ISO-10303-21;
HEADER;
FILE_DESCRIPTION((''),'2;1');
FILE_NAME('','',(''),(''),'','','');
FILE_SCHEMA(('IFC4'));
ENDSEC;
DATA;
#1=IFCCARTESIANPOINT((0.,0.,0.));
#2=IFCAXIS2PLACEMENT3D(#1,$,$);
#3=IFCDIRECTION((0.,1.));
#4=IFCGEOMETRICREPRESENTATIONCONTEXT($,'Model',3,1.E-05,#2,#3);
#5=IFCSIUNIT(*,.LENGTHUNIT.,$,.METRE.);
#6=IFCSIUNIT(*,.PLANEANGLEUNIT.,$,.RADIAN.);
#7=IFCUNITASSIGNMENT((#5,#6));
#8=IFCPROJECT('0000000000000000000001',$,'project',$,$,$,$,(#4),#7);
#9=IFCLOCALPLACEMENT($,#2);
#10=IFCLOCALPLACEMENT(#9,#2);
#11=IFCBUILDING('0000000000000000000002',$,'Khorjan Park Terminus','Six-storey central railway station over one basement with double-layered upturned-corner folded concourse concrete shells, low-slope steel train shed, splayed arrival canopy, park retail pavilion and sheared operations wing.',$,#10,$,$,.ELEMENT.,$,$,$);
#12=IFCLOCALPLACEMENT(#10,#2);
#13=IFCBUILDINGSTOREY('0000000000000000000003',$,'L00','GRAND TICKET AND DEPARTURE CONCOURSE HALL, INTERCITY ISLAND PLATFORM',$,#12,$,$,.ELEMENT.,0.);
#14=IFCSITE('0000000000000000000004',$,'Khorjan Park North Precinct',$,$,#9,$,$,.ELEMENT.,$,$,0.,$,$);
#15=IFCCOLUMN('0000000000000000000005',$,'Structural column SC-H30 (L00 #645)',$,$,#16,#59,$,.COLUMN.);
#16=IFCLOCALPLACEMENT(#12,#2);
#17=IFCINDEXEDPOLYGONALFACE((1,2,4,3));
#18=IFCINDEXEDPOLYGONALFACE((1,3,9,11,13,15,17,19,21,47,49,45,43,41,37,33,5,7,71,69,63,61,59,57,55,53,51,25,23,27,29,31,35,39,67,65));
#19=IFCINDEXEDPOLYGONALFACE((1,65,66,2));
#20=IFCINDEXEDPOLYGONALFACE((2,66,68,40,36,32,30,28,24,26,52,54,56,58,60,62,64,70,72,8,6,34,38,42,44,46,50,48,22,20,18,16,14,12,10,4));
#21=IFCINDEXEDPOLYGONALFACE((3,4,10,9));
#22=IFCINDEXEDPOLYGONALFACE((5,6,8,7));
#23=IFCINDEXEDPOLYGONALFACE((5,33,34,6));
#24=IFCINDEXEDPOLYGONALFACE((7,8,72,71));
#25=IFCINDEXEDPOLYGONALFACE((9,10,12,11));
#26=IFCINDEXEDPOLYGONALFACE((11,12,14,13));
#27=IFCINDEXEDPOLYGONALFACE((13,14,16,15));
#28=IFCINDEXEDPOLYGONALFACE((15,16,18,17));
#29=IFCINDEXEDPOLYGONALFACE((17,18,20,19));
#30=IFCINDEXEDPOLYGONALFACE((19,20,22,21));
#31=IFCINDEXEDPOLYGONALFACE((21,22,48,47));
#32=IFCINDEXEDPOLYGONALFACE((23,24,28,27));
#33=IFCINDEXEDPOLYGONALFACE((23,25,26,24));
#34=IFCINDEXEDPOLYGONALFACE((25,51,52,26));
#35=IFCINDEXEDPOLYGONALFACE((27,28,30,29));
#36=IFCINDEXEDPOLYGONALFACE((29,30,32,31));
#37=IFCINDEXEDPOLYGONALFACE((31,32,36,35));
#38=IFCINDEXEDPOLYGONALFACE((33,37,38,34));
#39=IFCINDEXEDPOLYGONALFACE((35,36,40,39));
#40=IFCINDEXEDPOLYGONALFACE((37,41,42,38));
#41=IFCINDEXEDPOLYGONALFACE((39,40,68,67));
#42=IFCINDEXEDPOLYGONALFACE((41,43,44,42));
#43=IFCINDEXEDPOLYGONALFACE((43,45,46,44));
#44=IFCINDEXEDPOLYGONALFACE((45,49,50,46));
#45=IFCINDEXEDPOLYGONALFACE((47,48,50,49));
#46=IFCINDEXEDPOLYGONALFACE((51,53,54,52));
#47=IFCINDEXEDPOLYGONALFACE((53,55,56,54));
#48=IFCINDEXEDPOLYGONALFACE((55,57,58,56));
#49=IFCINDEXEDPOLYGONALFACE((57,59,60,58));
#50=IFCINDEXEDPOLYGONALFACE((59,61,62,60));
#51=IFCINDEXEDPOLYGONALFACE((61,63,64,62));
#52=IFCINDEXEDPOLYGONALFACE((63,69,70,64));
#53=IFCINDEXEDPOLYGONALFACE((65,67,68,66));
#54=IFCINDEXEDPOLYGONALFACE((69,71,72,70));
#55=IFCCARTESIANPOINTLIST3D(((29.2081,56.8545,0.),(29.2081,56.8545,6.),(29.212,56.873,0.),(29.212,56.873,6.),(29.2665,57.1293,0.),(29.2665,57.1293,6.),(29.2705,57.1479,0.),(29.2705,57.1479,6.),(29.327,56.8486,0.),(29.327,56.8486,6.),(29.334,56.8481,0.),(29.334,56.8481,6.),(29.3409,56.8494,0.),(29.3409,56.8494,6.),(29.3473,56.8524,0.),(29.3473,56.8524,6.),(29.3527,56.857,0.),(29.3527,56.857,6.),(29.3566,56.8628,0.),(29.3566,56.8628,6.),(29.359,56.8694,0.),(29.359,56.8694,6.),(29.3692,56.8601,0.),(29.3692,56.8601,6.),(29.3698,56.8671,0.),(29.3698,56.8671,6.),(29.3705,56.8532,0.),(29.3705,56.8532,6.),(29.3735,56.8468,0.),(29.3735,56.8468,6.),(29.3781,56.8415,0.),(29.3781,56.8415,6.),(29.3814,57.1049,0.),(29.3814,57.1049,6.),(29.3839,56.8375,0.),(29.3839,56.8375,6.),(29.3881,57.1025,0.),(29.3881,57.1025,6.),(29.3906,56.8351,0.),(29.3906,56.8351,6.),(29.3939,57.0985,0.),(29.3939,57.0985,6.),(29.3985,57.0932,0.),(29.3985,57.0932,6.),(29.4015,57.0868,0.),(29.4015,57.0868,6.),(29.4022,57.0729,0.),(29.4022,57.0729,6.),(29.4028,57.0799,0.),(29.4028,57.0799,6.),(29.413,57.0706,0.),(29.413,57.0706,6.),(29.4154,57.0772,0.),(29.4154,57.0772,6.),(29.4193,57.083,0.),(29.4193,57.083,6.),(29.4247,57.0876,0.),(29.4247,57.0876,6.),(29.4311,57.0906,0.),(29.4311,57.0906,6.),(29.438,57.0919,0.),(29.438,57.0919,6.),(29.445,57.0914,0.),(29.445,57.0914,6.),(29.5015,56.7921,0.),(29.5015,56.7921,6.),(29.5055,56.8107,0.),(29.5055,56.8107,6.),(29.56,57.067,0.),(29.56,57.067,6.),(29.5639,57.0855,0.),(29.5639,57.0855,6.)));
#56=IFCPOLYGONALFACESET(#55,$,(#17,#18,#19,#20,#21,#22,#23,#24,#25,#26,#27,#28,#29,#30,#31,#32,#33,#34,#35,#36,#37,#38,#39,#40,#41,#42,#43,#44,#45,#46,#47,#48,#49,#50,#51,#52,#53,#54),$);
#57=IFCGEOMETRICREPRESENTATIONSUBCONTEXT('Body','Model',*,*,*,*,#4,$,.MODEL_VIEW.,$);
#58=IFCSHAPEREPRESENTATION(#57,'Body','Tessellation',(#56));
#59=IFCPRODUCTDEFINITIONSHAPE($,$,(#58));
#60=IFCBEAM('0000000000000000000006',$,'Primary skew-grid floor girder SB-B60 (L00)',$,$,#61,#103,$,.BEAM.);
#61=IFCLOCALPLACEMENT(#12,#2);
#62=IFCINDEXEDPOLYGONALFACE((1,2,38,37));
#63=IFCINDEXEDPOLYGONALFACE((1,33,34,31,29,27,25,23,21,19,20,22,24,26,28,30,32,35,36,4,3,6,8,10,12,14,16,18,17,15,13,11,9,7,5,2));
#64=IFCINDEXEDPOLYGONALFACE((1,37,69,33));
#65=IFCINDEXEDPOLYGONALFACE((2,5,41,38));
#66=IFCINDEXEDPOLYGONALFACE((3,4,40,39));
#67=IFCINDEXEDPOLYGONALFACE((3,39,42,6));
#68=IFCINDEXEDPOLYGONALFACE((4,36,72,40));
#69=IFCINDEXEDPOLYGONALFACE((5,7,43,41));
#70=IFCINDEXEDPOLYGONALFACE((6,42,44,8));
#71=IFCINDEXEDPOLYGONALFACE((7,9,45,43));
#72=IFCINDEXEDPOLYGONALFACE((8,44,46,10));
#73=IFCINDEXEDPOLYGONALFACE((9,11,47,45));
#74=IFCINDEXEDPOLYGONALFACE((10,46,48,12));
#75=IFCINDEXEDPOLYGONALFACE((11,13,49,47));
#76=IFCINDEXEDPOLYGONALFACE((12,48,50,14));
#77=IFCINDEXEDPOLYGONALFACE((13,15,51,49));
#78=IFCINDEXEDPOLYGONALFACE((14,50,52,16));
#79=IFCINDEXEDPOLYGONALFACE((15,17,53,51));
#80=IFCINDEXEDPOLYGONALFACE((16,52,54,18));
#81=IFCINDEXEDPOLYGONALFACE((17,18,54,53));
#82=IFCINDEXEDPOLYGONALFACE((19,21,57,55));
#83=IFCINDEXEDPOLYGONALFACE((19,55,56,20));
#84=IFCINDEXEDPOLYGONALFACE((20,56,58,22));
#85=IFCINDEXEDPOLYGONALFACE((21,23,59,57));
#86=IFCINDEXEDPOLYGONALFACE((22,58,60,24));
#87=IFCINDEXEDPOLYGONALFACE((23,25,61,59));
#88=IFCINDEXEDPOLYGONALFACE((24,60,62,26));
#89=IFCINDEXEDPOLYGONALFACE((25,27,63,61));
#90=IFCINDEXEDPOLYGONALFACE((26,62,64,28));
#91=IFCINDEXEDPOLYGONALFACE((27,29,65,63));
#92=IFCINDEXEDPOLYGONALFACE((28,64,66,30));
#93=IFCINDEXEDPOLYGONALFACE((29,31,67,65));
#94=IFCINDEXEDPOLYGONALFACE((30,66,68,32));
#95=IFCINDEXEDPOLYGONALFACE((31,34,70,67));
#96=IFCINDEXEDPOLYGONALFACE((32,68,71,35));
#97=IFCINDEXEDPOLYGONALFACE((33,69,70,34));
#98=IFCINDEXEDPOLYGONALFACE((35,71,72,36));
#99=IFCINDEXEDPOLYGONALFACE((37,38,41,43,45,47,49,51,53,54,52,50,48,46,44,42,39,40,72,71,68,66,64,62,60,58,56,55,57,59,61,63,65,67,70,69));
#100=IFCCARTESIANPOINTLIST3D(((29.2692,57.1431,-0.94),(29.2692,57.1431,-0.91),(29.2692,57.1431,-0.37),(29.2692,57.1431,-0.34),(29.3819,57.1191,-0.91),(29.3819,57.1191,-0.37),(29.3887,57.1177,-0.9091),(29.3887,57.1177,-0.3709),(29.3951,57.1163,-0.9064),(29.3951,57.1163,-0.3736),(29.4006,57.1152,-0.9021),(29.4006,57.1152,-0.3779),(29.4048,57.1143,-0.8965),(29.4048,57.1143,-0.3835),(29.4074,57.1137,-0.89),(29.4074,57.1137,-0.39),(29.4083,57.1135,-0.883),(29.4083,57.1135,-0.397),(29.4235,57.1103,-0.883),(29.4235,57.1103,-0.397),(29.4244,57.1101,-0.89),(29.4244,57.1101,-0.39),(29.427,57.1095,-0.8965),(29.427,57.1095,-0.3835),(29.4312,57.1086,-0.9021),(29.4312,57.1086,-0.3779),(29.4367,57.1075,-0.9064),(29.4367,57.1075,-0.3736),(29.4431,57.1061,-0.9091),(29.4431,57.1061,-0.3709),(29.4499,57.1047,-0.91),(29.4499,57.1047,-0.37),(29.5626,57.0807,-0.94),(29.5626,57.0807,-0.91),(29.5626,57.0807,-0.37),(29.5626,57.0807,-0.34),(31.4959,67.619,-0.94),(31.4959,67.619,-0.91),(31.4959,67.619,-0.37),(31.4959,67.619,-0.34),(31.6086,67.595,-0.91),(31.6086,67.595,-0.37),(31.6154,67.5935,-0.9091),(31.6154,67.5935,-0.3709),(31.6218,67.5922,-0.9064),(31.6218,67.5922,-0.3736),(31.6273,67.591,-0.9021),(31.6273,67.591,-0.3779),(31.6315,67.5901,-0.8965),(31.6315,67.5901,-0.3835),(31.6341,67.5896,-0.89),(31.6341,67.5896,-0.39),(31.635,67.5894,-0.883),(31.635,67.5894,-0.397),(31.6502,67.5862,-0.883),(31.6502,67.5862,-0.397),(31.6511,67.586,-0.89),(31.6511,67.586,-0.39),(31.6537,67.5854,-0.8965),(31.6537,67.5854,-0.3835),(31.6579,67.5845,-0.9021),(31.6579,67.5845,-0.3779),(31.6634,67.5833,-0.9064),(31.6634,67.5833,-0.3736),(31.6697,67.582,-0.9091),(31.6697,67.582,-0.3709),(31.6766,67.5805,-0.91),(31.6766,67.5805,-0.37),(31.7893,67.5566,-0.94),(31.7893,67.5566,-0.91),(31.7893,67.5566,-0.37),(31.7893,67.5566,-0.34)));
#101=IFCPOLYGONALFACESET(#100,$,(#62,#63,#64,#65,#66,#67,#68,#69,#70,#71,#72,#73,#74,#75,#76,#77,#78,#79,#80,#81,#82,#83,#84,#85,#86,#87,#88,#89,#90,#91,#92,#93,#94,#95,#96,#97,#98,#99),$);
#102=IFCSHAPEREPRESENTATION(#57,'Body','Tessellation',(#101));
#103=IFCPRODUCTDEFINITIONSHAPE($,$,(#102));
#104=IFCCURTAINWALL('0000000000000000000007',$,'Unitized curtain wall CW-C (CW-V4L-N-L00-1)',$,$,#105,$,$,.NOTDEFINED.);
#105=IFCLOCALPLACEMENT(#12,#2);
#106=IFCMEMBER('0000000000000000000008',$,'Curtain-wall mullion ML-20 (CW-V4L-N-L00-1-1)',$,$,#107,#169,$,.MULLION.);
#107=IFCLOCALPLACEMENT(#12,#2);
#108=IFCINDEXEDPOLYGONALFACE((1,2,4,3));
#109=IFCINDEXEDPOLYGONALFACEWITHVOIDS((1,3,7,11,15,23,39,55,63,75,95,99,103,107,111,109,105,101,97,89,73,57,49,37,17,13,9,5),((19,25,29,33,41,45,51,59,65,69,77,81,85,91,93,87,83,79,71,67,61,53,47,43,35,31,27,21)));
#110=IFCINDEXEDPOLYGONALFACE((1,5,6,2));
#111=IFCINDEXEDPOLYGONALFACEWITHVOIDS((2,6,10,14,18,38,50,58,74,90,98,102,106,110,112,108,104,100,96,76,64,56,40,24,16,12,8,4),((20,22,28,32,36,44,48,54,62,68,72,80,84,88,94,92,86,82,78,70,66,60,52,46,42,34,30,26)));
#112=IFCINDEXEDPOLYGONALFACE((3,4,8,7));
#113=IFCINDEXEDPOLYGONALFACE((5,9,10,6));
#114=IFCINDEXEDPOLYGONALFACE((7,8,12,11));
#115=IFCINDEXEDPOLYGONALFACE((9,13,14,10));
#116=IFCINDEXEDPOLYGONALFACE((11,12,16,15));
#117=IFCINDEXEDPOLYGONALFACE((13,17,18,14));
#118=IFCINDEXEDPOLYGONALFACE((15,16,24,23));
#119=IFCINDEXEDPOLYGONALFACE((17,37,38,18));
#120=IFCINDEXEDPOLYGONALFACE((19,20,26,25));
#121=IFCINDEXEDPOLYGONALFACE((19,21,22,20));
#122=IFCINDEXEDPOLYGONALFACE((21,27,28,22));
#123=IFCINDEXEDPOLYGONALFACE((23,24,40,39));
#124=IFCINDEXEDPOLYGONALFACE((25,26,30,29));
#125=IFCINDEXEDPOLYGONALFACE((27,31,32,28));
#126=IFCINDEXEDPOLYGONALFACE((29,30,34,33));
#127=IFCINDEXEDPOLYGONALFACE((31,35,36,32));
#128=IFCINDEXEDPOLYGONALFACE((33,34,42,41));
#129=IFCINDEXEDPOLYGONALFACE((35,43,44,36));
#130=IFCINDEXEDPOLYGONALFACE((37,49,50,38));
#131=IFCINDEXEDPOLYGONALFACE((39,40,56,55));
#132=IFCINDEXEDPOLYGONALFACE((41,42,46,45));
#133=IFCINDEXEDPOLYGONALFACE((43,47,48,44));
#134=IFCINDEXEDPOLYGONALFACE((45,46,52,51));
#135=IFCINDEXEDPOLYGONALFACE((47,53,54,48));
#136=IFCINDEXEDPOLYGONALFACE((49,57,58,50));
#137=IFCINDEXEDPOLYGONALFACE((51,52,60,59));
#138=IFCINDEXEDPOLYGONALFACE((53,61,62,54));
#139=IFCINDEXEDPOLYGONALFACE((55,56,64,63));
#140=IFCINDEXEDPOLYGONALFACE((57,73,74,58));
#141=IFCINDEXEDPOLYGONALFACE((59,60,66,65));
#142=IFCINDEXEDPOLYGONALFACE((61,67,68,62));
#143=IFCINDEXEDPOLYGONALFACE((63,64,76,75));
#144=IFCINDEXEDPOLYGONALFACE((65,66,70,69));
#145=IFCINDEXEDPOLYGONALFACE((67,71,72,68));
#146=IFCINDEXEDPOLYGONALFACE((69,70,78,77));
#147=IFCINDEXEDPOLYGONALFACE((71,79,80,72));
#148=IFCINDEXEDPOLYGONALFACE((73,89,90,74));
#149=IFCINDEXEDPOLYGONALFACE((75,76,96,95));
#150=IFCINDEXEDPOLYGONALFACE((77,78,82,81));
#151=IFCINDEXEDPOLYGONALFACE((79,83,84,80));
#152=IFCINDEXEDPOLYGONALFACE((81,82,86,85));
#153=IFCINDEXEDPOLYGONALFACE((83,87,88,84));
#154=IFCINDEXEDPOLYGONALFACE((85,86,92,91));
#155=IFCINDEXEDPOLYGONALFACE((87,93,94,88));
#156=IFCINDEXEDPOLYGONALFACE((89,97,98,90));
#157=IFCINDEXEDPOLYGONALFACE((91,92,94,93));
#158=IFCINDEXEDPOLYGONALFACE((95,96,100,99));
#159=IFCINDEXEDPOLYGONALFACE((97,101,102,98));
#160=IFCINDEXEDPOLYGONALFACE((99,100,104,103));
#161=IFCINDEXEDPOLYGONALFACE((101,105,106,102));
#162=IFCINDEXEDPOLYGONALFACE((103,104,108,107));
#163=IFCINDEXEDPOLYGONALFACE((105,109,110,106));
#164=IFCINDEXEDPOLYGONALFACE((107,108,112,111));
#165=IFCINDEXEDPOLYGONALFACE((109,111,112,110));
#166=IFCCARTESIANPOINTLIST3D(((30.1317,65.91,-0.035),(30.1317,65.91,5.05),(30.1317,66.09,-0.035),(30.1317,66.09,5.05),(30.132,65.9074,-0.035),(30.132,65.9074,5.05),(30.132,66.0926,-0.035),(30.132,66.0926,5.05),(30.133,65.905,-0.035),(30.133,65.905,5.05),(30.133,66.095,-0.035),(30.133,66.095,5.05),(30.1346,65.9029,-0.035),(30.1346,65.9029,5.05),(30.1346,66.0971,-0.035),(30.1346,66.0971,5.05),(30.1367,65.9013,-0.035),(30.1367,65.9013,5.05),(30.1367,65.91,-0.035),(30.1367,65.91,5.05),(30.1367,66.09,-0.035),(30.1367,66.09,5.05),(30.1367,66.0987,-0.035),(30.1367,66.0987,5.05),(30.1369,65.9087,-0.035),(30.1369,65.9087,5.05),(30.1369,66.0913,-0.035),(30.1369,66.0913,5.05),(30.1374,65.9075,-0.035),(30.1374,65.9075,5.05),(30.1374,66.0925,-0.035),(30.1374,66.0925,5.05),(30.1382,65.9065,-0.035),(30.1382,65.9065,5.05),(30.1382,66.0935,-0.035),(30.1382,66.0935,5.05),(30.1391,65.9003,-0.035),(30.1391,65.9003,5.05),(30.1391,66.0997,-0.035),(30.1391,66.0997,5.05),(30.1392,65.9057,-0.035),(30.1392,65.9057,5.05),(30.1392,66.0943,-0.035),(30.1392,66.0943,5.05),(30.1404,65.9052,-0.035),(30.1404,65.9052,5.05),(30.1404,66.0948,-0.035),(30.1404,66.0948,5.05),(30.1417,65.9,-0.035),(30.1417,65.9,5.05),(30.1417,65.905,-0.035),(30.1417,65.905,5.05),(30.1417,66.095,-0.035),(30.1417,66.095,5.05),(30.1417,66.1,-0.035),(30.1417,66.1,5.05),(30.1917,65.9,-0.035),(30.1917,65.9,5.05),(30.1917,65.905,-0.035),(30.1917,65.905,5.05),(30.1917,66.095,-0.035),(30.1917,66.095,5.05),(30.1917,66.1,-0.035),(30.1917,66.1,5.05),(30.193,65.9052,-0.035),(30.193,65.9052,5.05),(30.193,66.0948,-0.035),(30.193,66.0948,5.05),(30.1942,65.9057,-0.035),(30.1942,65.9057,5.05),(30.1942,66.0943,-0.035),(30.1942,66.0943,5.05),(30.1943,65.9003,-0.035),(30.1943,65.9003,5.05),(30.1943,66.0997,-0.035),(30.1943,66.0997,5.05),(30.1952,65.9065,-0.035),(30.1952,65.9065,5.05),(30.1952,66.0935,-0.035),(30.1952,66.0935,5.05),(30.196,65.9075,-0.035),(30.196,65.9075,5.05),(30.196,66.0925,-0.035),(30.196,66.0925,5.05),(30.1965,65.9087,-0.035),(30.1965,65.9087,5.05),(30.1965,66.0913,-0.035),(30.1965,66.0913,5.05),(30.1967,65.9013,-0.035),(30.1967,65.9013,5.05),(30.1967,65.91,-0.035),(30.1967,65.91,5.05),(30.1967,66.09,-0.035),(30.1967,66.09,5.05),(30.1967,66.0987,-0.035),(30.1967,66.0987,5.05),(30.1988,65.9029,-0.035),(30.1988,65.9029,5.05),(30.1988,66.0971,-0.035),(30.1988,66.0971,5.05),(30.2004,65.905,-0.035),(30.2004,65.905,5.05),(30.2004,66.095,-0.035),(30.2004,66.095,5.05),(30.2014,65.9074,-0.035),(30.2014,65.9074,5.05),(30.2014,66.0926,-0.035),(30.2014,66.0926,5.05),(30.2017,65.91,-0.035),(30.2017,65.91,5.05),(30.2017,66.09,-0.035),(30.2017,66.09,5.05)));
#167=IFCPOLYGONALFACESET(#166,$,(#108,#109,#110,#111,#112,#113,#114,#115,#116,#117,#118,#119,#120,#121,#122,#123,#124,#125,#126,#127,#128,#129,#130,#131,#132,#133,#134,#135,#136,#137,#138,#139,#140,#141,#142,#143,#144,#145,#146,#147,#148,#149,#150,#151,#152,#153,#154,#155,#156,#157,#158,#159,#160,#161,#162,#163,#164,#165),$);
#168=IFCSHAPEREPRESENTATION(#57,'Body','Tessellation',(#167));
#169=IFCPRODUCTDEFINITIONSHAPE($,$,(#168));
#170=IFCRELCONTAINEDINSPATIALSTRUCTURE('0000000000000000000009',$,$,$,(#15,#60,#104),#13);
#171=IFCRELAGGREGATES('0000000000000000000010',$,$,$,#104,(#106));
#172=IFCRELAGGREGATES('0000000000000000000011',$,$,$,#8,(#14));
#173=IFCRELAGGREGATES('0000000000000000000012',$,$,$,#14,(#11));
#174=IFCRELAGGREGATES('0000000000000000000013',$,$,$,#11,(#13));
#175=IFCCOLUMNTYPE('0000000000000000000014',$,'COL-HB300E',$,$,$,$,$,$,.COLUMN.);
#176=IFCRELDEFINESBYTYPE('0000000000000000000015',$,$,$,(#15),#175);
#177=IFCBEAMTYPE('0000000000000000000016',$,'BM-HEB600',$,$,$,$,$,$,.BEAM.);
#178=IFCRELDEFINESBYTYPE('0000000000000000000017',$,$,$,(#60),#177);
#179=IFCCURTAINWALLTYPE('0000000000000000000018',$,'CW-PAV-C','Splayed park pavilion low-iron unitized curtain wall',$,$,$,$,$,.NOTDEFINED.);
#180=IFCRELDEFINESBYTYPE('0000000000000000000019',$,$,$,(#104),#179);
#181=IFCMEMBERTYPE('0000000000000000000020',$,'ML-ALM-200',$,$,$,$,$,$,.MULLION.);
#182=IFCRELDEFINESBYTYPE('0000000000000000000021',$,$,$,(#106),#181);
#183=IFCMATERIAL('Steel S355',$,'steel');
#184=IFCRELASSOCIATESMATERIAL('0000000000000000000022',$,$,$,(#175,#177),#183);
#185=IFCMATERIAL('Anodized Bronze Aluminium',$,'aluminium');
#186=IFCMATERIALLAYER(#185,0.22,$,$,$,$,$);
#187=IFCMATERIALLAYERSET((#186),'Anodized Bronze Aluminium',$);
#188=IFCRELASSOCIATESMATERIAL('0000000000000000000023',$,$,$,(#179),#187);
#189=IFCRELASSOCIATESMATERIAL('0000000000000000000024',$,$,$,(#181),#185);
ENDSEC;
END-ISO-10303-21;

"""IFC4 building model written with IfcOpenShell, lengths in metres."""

from ifc_helpers import new_model, si_unit, direction, frame, origin, origin_2d, place, context, subcontext, project, spatial, hollow_rectangle, i_section, extrude, material, layer, layer_set, material_profile, profile_set, type_object, element, aggregate, save


model = new_model("IFC4")

# Units and contexts
model_context = context("Model", 3, precision=1e-05, world=origin(), true_north=direction((0.0, 1.0)))
body_context = subcontext(model_context, "Body", "Model", "MODEL_VIEW")
ifc_project = project(units=[si_unit("LENGTHUNIT", "METRE"), si_unit("PLANEANGLEUNIT", "RADIAN")], contexts=[model_context])

# Site, building, storey
site_placement = place(None, origin())
site = spatial("IfcSite", under=ifc_project, at=site_placement, Name="Khorjan Park North Precinct", CompositionType="ELEMENT", RefElevation=0.0)
building_placement = place(site_placement, origin())
building = spatial("IfcBuilding", under=site, at=building_placement, Name="Khorjan Park Terminus", Description="Six-storey central railway station over one basement with double-layered upturned-corner folded concourse concrete shells, low-slope steel train shed, splayed arrival canopy, park retail pavilion and sheared operations wing.", CompositionType="ELEMENT")
storey_placement = place(building_placement, origin())
storey = spatial("IfcBuildingStorey", under=building, at=storey_placement, Name="L00", Description="GRAND TICKET AND DEPARTURE CONCOURSE HALL, INTERCITY ISLAND PLATFORM", CompositionType="ELEMENT", Elevation=0.0)

# Column
ifc_material_1 = material(Name="Steel S355", Category="steel")
ifc_material_profile_1 = material_profile(ifc_material_1, i_section(OverallWidth=0.3, OverallDepth=0.3, WebThickness=0.011, FlangeThickness=0.019, FilletRadius=0.027, at=origin_2d()), Name="HEB 300")
ifc_profile_set_1 = profile_set([ifc_material_profile_1], Name="Steel S355")
column_type = type_object("IfcColumnType", Name="COL-HB300E", PredefinedType="COLUMN", material=ifc_profile_set_1)
column_placement = place(storey_placement, frame((29.386, 56.97, 0.0), z_axis=(0.0, 0.0, 1.0), x_axis=(0.978148, -0.207912, 0.0)))
element("IfcColumn", 1, at=column_placement, inside=storey, type_object=column_type, Name="Structural column SC-H30 (L00 #645)", PredefinedType="COLUMN", context=body_context, shape_type="SweptSolid", body=[
    extrude(i_section(OverallWidth=0.3, OverallDepth=0.3, WebThickness=0.011, FlangeThickness=0.019, FilletRadius=0.027, at=origin_2d()), origin(), (0.0, 0.0, 1.0), 6.0),
])

# Beam
ifc_material_profile_2 = material_profile(ifc_material_1, i_section(OverallWidth=0.3, OverallDepth=0.6, WebThickness=0.0155, FlangeThickness=0.03, FilletRadius=0.027, at=origin_2d()), Name="HEB 600")
ifc_profile_set_2 = profile_set([ifc_material_profile_2], Name="Steel S355")
beam_type = type_object("IfcBeamType", Name="BM-HEB600", PredefinedType="BEAM", material=ifc_profile_set_2)
beam_placement = place(storey_placement, frame((29.4159, 57.1119, -0.64), z_axis=(0.20791, 0.978148, 0.0), x_axis=(-0.978148, 0.20791, 0.0)))
element("IfcBeam", 2, at=beam_placement, inside=storey, type_object=beam_type, Name="Primary skew-grid floor girder SB-B60 (L00)", PredefinedType="BEAM", context=body_context, shape_type="SweptSolid", body=[
    extrude(i_section(OverallWidth=0.3, OverallDepth=0.6, WebThickness=0.0155, FlangeThickness=0.03, FilletRadius=0.027, at=origin_2d()), origin(), (0.0, 0.0, 1.0), 10.7099),
])

# Curtain wall, member
ifc_material_2 = material(Name="Anodized Bronze Aluminium", Category="aluminium")
ifc_layer_1 = layer(ifc_material_2, 0.22)
ifc_layer_set_1 = layer_set([ifc_layer_1], Name="Anodized Bronze Aluminium")
curtain_wall_type = type_object("IfcCurtainWallType", Name="CW-PAV-C", Description="Splayed park pavilion low-iron unitized curtain wall", PredefinedType="NOTDEFINED", material=ifc_layer_set_1)
curtain_wall_1_placement = place(storey_placement, origin())
curtain_wall_1 = element("IfcCurtainWall", 3, at=curtain_wall_1_placement, inside=storey, type_object=curtain_wall_type, Name="Unitized curtain wall CW-C (CW-V4L-N-L00-1)", PredefinedType="NOTDEFINED")
ifc_material_profile_3 = material_profile(ifc_material_2, hollow_rectangle(XDim=0.07, YDim=0.2, WallThickness=0.005, InnerFilletRadius=0.005, OuterFilletRadius=0.01, at=origin_2d()), Name="ALM 70x200x5")
ifc_profile_set_3 = profile_set([ifc_material_profile_3], Name="Anodized Bronze Aluminium")
member_type_1 = type_object("IfcMemberType", Name="ML-ALM-200", PredefinedType="MULLION", material=ifc_profile_set_3)
member_1_placement = place(storey_placement, frame((30.1667, 66.0, -0.035), z_axis=(0.0, 0.0, 1.0), x_axis=(-1.0, 0.0, 0.0)))
member_1 = element("IfcMember", 4, at=member_1_placement, type_object=member_type_1, Name="Curtain-wall mullion ML-20 (CW-V4L-N-L00-1-1)", PredefinedType="MULLION", context=body_context, shape_type="SweptSolid", body=[
    extrude(hollow_rectangle(XDim=0.07, YDim=0.2, WallThickness=0.005, InnerFilletRadius=0.005, OuterFilletRadius=0.01, at=origin_2d()), origin(), (0.0, 0.0, 1.0), 5.085),
])

aggregate(curtain_wall_1, [member_1])

save(model, "model.ifc")
